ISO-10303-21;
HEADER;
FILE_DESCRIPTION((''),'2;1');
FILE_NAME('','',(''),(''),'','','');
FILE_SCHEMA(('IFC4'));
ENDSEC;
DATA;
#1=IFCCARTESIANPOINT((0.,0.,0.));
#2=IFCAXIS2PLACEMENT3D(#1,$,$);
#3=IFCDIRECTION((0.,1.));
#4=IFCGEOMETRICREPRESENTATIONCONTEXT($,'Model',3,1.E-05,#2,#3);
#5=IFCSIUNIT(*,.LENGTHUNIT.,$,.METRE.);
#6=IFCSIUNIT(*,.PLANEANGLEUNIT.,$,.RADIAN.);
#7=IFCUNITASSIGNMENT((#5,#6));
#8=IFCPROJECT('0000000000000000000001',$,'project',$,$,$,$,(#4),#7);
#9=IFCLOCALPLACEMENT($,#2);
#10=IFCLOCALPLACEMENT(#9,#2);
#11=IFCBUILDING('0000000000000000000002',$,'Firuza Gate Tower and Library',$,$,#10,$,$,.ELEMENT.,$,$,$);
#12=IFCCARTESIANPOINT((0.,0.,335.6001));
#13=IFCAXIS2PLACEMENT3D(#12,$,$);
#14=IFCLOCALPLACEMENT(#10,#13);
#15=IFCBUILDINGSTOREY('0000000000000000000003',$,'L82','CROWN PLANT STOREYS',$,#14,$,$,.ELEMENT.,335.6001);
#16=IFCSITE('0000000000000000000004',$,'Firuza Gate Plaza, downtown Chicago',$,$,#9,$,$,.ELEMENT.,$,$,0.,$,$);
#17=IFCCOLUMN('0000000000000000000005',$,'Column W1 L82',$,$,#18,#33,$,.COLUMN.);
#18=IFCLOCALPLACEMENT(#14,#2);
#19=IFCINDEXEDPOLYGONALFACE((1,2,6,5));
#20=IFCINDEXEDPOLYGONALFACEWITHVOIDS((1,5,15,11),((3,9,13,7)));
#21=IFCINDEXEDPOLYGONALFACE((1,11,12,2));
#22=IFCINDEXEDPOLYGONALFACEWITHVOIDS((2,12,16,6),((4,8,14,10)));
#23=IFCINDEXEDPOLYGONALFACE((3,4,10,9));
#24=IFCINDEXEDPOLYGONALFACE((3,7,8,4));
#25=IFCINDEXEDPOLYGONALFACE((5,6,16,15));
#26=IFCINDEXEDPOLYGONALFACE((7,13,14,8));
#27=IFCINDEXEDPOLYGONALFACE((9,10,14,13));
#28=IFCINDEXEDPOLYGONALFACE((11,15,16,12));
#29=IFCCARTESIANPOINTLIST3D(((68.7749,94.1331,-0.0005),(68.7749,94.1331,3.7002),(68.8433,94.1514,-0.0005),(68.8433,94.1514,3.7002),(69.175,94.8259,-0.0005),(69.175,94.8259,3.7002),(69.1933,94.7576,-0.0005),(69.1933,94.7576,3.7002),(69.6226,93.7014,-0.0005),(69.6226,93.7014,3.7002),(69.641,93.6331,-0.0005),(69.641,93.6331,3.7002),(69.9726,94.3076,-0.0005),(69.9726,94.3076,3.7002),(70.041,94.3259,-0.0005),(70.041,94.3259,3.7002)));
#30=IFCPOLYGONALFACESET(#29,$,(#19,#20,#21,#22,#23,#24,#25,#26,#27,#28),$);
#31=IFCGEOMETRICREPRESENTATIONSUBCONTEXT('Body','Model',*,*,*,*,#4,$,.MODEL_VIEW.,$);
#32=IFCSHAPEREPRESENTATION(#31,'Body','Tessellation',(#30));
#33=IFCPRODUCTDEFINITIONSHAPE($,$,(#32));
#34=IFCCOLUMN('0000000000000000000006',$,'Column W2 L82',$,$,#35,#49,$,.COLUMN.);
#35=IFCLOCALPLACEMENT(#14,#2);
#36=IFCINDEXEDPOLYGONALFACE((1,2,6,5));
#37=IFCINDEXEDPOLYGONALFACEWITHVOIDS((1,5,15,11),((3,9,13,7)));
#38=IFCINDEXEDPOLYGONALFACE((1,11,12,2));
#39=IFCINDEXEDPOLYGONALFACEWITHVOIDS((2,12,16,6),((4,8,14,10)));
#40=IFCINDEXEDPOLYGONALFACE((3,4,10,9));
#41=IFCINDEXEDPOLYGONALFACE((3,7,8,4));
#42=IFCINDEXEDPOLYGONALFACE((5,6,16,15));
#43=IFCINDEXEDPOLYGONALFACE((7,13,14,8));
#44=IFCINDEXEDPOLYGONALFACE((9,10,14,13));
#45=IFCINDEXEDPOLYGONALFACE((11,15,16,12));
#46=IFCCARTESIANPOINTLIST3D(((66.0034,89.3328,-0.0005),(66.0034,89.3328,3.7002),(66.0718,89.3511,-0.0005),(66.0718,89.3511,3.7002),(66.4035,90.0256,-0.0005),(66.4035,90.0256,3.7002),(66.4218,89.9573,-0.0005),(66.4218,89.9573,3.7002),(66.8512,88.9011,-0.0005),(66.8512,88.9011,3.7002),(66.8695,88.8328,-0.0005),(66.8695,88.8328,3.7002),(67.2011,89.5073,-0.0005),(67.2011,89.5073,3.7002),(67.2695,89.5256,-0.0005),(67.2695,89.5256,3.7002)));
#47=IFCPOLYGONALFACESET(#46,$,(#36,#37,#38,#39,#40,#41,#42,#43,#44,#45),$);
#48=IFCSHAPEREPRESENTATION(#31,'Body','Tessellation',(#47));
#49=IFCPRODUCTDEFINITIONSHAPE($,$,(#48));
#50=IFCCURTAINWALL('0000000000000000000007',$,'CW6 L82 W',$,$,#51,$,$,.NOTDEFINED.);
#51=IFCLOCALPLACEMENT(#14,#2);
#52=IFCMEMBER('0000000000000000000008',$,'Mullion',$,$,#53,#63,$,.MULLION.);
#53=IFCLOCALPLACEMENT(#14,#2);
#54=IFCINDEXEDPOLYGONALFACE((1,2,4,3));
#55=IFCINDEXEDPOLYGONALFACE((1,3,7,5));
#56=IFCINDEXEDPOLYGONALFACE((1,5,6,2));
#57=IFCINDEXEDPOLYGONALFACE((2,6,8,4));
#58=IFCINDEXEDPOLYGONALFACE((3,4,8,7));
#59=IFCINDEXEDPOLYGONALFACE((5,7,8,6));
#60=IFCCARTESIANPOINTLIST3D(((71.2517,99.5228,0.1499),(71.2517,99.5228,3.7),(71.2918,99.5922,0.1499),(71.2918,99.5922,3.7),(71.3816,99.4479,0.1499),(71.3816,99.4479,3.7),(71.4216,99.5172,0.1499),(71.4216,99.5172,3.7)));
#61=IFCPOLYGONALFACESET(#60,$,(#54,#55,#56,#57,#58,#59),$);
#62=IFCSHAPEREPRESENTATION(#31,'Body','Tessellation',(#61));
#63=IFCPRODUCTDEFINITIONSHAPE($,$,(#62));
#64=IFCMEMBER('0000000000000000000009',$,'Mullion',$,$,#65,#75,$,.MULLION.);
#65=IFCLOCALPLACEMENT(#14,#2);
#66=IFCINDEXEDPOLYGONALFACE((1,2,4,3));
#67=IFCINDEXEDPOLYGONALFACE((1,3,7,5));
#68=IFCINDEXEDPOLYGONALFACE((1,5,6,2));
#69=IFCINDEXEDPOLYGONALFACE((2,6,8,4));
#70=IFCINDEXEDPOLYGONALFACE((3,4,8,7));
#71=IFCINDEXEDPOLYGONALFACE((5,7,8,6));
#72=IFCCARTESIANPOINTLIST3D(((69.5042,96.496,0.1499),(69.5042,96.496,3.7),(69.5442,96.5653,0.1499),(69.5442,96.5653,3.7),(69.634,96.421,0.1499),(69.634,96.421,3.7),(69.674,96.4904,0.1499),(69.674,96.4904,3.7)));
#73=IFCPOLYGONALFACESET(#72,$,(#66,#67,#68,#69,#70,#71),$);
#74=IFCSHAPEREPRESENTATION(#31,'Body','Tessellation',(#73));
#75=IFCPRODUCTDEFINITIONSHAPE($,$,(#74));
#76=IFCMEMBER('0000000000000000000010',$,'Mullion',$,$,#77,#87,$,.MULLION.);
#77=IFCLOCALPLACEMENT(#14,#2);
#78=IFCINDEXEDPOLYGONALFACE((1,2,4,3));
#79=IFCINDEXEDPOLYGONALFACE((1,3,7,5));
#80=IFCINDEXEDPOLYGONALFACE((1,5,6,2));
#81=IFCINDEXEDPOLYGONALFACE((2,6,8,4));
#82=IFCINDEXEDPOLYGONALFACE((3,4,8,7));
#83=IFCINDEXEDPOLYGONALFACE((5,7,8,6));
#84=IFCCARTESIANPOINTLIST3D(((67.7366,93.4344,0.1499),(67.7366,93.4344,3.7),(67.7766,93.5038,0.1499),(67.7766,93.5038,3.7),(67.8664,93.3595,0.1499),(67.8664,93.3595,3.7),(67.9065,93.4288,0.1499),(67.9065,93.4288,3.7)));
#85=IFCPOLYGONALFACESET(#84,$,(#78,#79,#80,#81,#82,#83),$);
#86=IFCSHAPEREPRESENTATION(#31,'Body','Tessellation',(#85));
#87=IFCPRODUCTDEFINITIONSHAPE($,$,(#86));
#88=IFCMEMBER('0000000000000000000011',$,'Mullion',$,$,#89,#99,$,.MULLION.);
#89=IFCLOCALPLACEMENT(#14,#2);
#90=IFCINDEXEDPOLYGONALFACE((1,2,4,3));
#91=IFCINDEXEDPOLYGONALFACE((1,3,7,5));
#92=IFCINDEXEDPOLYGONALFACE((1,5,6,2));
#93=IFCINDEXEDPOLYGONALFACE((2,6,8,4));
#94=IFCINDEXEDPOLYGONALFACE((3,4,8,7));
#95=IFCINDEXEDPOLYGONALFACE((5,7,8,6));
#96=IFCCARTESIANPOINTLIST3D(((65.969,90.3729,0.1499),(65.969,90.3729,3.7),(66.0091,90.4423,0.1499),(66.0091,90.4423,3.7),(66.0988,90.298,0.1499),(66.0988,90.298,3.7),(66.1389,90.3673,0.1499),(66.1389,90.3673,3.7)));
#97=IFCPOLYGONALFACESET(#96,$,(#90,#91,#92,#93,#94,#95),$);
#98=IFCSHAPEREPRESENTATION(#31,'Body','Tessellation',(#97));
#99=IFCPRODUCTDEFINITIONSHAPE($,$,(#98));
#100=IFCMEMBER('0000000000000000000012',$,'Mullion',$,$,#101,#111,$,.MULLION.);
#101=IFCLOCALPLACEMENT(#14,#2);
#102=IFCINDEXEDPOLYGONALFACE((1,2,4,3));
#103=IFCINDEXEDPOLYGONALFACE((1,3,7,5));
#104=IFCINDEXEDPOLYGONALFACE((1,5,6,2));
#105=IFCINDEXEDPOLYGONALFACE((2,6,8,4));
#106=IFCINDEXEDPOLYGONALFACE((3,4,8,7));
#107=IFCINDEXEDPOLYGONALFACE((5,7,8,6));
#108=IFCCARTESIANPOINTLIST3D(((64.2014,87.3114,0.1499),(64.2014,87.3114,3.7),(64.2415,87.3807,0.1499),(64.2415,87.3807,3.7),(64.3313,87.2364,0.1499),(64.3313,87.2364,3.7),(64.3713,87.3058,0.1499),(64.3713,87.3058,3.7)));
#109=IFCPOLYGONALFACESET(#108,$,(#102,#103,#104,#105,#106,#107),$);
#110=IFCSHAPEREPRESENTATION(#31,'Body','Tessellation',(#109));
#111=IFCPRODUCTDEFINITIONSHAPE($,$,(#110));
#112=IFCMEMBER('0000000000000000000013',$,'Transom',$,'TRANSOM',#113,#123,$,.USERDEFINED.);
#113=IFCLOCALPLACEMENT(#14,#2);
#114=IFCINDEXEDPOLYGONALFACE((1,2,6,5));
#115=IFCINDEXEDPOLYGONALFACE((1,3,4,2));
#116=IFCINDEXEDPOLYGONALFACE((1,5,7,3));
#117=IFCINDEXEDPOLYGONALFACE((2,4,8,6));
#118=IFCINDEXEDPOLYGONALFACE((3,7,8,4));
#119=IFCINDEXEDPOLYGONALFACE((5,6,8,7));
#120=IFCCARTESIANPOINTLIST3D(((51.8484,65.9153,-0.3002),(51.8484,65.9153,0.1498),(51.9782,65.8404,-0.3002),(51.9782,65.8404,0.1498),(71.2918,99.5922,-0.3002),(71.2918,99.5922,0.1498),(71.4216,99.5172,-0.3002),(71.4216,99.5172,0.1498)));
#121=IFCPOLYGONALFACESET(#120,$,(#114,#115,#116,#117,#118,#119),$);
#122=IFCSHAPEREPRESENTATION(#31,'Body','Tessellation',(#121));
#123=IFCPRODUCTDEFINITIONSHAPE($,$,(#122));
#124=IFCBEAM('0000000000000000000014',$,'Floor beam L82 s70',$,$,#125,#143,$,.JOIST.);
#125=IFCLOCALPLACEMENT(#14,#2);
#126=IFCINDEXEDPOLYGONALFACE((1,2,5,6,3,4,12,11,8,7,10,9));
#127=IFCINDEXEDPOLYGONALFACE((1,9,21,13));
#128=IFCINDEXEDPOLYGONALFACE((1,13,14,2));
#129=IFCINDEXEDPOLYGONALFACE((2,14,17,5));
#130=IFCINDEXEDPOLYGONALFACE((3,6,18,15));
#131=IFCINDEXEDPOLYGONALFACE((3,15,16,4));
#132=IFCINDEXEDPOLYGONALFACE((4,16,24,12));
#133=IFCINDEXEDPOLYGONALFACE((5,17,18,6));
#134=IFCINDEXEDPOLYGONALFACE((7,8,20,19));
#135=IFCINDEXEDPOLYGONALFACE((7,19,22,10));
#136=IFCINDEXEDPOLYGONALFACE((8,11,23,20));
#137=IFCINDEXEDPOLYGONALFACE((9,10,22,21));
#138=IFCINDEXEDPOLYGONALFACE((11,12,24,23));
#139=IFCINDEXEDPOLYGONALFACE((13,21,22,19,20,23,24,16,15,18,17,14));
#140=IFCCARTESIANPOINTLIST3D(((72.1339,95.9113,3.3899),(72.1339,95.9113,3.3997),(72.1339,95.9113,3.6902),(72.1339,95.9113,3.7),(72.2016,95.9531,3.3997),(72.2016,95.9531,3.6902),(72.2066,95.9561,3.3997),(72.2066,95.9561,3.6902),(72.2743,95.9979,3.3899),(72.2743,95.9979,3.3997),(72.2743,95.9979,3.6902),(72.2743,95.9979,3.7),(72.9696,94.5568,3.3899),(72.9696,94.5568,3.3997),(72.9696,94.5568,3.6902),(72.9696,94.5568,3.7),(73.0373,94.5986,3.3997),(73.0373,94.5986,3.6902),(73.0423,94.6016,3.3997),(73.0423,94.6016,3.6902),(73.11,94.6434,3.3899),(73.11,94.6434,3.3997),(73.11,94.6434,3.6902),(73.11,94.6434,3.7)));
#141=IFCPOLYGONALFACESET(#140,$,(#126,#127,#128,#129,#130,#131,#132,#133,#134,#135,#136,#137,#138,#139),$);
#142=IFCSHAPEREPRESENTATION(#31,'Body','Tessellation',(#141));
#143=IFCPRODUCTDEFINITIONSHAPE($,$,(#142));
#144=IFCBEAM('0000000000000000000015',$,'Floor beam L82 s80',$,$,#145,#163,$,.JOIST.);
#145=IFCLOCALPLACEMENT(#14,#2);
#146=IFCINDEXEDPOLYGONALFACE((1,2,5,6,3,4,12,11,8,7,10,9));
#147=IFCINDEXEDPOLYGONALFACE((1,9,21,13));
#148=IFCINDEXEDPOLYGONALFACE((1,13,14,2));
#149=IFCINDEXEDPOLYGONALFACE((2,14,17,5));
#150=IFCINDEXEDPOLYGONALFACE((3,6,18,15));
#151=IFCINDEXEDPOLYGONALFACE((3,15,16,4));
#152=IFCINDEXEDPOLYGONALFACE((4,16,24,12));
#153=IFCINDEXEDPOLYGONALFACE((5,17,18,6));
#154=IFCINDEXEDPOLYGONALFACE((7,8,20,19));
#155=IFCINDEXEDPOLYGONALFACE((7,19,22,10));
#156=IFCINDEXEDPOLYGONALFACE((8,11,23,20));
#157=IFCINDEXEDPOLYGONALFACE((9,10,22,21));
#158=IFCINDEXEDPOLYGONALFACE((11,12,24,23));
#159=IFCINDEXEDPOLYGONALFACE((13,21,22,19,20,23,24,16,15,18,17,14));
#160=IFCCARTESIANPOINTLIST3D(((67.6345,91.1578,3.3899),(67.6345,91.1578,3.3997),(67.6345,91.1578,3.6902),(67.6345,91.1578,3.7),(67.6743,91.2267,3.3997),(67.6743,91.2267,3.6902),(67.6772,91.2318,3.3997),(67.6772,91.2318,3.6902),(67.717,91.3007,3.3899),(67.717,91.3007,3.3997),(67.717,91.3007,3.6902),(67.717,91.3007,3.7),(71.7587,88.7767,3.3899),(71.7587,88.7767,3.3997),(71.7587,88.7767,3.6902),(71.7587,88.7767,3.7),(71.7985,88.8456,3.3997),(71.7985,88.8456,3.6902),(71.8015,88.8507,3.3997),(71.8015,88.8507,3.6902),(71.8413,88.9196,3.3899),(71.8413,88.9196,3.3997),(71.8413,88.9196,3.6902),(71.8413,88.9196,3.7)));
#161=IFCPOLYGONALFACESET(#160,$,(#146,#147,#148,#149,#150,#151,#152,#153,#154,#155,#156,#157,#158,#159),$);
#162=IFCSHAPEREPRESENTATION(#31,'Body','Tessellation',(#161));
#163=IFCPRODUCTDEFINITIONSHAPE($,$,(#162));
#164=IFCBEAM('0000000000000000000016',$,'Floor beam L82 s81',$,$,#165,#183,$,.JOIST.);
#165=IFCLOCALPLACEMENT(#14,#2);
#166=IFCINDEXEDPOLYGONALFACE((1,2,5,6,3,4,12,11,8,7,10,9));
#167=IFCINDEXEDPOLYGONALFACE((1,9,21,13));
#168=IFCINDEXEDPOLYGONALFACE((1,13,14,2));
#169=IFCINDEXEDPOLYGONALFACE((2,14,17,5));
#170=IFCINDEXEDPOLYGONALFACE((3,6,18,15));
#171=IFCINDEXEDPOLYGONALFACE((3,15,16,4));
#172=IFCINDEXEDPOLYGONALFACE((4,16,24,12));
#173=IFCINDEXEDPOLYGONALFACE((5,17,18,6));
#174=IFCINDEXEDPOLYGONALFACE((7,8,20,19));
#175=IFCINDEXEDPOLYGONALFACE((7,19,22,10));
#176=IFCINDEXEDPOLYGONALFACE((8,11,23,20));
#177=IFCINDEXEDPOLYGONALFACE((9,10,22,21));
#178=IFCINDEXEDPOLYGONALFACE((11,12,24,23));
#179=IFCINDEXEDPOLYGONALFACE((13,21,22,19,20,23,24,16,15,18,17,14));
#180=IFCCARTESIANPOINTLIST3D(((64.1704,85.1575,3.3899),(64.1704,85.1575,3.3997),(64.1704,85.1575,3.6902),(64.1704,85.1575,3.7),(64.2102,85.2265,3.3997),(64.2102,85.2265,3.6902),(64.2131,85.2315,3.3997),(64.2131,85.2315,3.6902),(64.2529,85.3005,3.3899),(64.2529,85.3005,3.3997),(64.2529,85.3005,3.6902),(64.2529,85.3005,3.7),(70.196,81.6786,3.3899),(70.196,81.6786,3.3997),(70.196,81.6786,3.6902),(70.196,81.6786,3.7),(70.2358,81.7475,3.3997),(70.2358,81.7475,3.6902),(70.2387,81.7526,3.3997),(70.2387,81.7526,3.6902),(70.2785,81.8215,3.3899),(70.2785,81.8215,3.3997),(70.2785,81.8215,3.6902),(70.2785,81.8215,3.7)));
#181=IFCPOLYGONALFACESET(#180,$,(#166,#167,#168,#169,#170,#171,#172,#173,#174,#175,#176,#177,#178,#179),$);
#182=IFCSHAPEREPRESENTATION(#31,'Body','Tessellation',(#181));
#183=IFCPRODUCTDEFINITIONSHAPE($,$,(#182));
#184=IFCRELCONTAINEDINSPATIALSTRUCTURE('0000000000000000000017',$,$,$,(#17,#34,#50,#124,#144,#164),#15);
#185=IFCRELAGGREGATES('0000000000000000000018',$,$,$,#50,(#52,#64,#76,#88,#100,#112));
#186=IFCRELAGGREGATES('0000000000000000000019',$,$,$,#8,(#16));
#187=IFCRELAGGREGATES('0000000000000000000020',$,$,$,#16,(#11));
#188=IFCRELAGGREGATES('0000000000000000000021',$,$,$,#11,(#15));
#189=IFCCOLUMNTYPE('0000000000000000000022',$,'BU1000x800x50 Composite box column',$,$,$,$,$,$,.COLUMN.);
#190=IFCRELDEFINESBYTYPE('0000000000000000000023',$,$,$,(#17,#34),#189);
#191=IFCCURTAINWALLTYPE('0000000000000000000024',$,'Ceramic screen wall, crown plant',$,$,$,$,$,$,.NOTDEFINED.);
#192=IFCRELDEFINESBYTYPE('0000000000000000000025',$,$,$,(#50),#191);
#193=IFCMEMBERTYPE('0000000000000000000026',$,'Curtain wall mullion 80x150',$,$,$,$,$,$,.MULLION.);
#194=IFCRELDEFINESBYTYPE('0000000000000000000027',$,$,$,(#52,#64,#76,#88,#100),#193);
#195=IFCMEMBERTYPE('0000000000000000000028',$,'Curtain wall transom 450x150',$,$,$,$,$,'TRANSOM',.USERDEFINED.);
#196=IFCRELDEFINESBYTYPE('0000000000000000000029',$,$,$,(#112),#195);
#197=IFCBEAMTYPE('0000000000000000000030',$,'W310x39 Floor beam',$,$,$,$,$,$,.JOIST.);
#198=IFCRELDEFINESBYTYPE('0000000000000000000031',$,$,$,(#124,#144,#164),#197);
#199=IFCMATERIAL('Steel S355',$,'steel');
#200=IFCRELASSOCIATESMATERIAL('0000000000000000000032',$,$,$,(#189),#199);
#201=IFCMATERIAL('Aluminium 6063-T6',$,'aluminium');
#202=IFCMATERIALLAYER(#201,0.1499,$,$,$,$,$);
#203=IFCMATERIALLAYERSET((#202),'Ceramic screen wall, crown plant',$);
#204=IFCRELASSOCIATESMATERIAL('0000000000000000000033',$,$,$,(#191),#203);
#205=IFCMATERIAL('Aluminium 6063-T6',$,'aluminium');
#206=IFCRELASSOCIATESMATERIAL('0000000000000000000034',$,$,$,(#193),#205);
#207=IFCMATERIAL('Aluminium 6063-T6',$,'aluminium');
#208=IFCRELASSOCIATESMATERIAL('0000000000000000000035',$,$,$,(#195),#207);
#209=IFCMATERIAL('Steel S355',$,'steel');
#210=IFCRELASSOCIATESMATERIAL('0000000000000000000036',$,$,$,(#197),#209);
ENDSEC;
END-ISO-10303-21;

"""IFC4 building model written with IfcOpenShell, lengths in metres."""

from ifc_helpers import new_model, si_unit, direction, frame, origin, origin_2d, place, context, subcontext, project, spatial, rectangle, hollow_rectangle, i_section, extrude, material, layer, layer_set, material_profile, profile_set, type_object, element, aggregate, save


model = new_model("IFC4")

# Units and contexts
model_context = context("Model", 3, precision=1e-05, world=origin(), true_north=direction((0.0, 1.0)))
body_context = subcontext(model_context, "Body", "Model", "MODEL_VIEW")
ifc_project = project(units=[si_unit("LENGTHUNIT", "METRE"), si_unit("PLANEANGLEUNIT", "RADIAN")], contexts=[model_context])

# Site, building, storey
site_placement = place(None, origin())
site = spatial("IfcSite", under=ifc_project, at=site_placement, Name="Firuza Gate Plaza, downtown Chicago", CompositionType="ELEMENT", RefElevation=0.0)
building_placement = place(site_placement, origin())
building = spatial("IfcBuilding", under=site, at=building_placement, Name="Firuza Gate Tower and Library", CompositionType="ELEMENT")
storey_placement = place(building_placement, frame((0.0, 0.0, 335.6001)))
storey = spatial("IfcBuildingStorey", under=building, at=storey_placement, Name="L82", Description="CROWN PLANT STOREYS", CompositionType="ELEMENT", Elevation=335.6001)

# Columns
ifc_material_1 = material(Name="Steel S355", Category="steel")
ifc_material_profile_1 = material_profile(ifc_material_1, hollow_rectangle(XDim=0.8, YDim=1.0, WallThickness=0.05, at=origin_2d()))
ifc_profile_set_1 = profile_set([ifc_material_profile_1], Name="Steel S355")
column_type = type_object("IfcColumnType", Name="BU1000x800x50 Composite box column", PredefinedType="COLUMN", material=ifc_profile_set_1)
for number, where, z_axis, x_axis, name in (
    (1, (69.408, 94.2295, -0.0005), (0.0, 0.0, 1.0), (-0.5, -0.866025, 0.0), "Column W1 L82"),
    (2, (66.6365, 89.4292, -0.0005), (0.0, 0.0, 1.0), (-0.5, -0.866025, 0.0), "Column W2 L82"),
):
    element("IfcColumn", number, at=place(storey_placement, frame(where, z_axis=z_axis, x_axis=x_axis)), inside=storey, type_object=column_type, Name=name, PredefinedType="COLUMN", context=body_context, shape_type="SweptSolid", body=[
        extrude(hollow_rectangle(XDim=0.8, YDim=1.0, WallThickness=0.05, at=origin_2d()), origin(), (0.0, 0.0, 1.0), 3.7007),
    ])

# Curtain wall, members
ifc_material_2 = material(Name="Aluminium 6063-T6", Category="aluminium")
ifc_layer_1 = layer(ifc_material_2, 0.1499)
ifc_layer_set_1 = layer_set([ifc_layer_1], Name="Ceramic screen wall, crown plant")
curtain_wall_type = type_object("IfcCurtainWallType", Name="Ceramic screen wall, crown plant", PredefinedType="NOTDEFINED", material=ifc_layer_set_1)
placement = place(storey_placement, origin())
curtain_wall_1 = element("IfcCurtainWall", 3, at=placement, inside=storey, type_object=curtain_wall_type, Name="CW6 L82 W", PredefinedType="NOTDEFINED")
ifc_material_3 = material(Name="Aluminium 6063-T6", Category="aluminium")
ifc_material_profile_2 = material_profile(ifc_material_3, rectangle(XDim=0.1499, YDim=0.0801, at=origin_2d()))
ifc_profile_set_2 = profile_set([ifc_material_profile_2], Name="Aluminium 6063-T6")
member_type_1 = type_object("IfcMemberType", Name="Curtain wall mullion 80x150", PredefinedType="MULLION", material=ifc_profile_set_2)
member_1_placement = place(storey_placement, frame((71.3367, 99.52, 0.1499), z_axis=(0.0, 0.0, 1.0), x_axis=(0.866025, -0.5, 0.0)))
member_1 = element("IfcMember", 4, at=member_1_placement, type_object=member_type_1, Name="Mullion", PredefinedType="MULLION", context=body_context, shape_type="SweptSolid", body=[
    extrude(rectangle(XDim=0.1499, YDim=0.0801, at=origin_2d()), origin(), (0.0, 0.0, 1.0), 3.55),
])
member_2_placement = place(storey_placement, frame((69.5891, 96.4932, 0.1499), z_axis=(0.0, 0.0, 1.0), x_axis=(0.866025, -0.5, 0.0)))
member_2 = element("IfcMember", 5, at=member_2_placement, type_object=member_type_1, Name="Mullion", PredefinedType="MULLION", context=body_context, shape_type="SweptSolid", body=[
    extrude(rectangle(XDim=0.1499, YDim=0.0801, at=origin_2d()), origin(), (0.0, 0.0, 1.0), 3.55),
])
member_3_placement = place(storey_placement, frame((67.8215, 93.4316, 0.1499), z_axis=(0.0, 0.0, 1.0), x_axis=(0.866025, -0.5, 0.0)))
member_3 = element("IfcMember", 6, at=member_3_placement, type_object=member_type_1, Name="Mullion", PredefinedType="MULLION", context=body_context, shape_type="SweptSolid", body=[
    extrude(rectangle(XDim=0.1499, YDim=0.0801, at=origin_2d()), origin(), (0.0, 0.0, 1.0), 3.55),
])
member_4_placement = place(storey_placement, frame((66.054, 90.3701, 0.1499), z_axis=(0.0, 0.0, 1.0), x_axis=(0.866025, -0.5, 0.0)))
member_4 = element("IfcMember", 7, at=member_4_placement, type_object=member_type_1, Name="Mullion", PredefinedType="MULLION", context=body_context, shape_type="SweptSolid", body=[
    extrude(rectangle(XDim=0.1499, YDim=0.0801, at=origin_2d()), origin(), (0.0, 0.0, 1.0), 3.55),
])
member_5_placement = place(storey_placement, frame((64.2864, 87.3086, 0.1499), z_axis=(0.0, 0.0, 1.0), x_axis=(0.866025, -0.5, 0.0)))
member_5 = element("IfcMember", 8, at=member_5_placement, type_object=member_type_1, Name="Mullion", PredefinedType="MULLION", context=body_context, shape_type="SweptSolid", body=[
    extrude(rectangle(XDim=0.1499, YDim=0.0801, at=origin_2d()), origin(), (0.0, 0.0, 1.0), 3.55),
])
ifc_material_4 = material(Name="Aluminium 6063-T6", Category="aluminium")
ifc_material_profile_3 = material_profile(ifc_material_4, rectangle(XDim=0.1499, YDim=0.45, at=origin_2d()))
ifc_profile_set_3 = profile_set([ifc_material_profile_3], Name="Aluminium 6063-T6")
member_type_2 = type_object("IfcMemberType", Name="Curtain wall transom 450x150", ElementType="TRANSOM", PredefinedType="USERDEFINED", material=ifc_profile_set_3)
member_6_placement = place(storey_placement, frame((71.3567, 99.5547, -0.0752), z_axis=(-0.500001, -0.866025, 0.0), x_axis=(0.866025, -0.500001, 0.0)))
member_6 = element("IfcMember", 9, at=member_6_placement, type_object=member_type_2, Name="Transom", ObjectType="TRANSOM", PredefinedType="USERDEFINED", context=body_context, shape_type="SweptSolid", body=[
    extrude(rectangle(XDim=0.1499, YDim=0.45, at=origin_2d()), origin(), (0.0, 0.0, 1.0), 38.8867),
])

# Beams
ifc_material_5 = material(Name="Steel S355", Category="steel")
ifc_material_profile_4 = material_profile(ifc_material_5, i_section(OverallWidth=0.165, OverallDepth=0.3101, WebThickness=0.0059, FlangeThickness=0.0098, at=origin_2d()))
ifc_profile_set_4 = profile_set([ifc_material_profile_4], Name="Steel S355")
beam_type_1 = type_object("IfcBeamType", Name="W310x39 Floor beam", PredefinedType="JOIST", material=ifc_profile_set_4)
beam_1_placement = place(storey_placement, frame((72.2041, 95.9546, 3.5449), z_axis=(0.525081, -0.851052, 0.0), x_axis=(0.851052, 0.525081, 0.0)))
element("IfcBeam", 10, at=beam_1_placement, inside=storey, type_object=beam_type_1, Name="Floor beam L82 s70", PredefinedType="JOIST", context=body_context, shape_type="SweptSolid", body=[
    extrude(i_section(OverallWidth=0.165, OverallDepth=0.3101, WebThickness=0.0059, FlangeThickness=0.0098, at=origin_2d()), origin(), (0.0, 0.0, 1.0), 1.5916),
])
beam_2_placement = place(storey_placement, frame((67.6758, 91.2292, 3.5449), z_axis=(0.866029, -0.499993, 0.0), x_axis=(0.499993, 0.866029, 0.0)))
element("IfcBeam", 11, at=beam_2_placement, inside=storey, type_object=beam_type_1, Name="Floor beam L82 s80", PredefinedType="JOIST", context=body_context, shape_type="SweptSolid", body=[
    extrude(i_section(OverallWidth=0.165, OverallDepth=0.3101, WebThickness=0.0059, FlangeThickness=0.0098, at=origin_2d()), origin(), (0.0, 0.0, 1.0), 4.7622),
])
beam_3_placement = place(storey_placement, frame((64.2117, 85.229, 3.5449), z_axis=(0.866019, -0.500011, 0.0), x_axis=(0.500011, 0.866019, 0.0)))
element("IfcBeam", 12, at=beam_3_placement, inside=storey, type_object=beam_type_1, Name="Floor beam L82 s81", PredefinedType="JOIST", context=body_context, shape_type="SweptSolid", body=[
    extrude(i_section(OverallWidth=0.165, OverallDepth=0.3101, WebThickness=0.0059, FlangeThickness=0.0098, at=origin_2d()), origin(), (0.0, 0.0, 1.0), 6.9578),
])

aggregate(curtain_wall_1, [member_1, member_2, member_3, member_4, member_5, member_6])

save(model, "model.ifc")
